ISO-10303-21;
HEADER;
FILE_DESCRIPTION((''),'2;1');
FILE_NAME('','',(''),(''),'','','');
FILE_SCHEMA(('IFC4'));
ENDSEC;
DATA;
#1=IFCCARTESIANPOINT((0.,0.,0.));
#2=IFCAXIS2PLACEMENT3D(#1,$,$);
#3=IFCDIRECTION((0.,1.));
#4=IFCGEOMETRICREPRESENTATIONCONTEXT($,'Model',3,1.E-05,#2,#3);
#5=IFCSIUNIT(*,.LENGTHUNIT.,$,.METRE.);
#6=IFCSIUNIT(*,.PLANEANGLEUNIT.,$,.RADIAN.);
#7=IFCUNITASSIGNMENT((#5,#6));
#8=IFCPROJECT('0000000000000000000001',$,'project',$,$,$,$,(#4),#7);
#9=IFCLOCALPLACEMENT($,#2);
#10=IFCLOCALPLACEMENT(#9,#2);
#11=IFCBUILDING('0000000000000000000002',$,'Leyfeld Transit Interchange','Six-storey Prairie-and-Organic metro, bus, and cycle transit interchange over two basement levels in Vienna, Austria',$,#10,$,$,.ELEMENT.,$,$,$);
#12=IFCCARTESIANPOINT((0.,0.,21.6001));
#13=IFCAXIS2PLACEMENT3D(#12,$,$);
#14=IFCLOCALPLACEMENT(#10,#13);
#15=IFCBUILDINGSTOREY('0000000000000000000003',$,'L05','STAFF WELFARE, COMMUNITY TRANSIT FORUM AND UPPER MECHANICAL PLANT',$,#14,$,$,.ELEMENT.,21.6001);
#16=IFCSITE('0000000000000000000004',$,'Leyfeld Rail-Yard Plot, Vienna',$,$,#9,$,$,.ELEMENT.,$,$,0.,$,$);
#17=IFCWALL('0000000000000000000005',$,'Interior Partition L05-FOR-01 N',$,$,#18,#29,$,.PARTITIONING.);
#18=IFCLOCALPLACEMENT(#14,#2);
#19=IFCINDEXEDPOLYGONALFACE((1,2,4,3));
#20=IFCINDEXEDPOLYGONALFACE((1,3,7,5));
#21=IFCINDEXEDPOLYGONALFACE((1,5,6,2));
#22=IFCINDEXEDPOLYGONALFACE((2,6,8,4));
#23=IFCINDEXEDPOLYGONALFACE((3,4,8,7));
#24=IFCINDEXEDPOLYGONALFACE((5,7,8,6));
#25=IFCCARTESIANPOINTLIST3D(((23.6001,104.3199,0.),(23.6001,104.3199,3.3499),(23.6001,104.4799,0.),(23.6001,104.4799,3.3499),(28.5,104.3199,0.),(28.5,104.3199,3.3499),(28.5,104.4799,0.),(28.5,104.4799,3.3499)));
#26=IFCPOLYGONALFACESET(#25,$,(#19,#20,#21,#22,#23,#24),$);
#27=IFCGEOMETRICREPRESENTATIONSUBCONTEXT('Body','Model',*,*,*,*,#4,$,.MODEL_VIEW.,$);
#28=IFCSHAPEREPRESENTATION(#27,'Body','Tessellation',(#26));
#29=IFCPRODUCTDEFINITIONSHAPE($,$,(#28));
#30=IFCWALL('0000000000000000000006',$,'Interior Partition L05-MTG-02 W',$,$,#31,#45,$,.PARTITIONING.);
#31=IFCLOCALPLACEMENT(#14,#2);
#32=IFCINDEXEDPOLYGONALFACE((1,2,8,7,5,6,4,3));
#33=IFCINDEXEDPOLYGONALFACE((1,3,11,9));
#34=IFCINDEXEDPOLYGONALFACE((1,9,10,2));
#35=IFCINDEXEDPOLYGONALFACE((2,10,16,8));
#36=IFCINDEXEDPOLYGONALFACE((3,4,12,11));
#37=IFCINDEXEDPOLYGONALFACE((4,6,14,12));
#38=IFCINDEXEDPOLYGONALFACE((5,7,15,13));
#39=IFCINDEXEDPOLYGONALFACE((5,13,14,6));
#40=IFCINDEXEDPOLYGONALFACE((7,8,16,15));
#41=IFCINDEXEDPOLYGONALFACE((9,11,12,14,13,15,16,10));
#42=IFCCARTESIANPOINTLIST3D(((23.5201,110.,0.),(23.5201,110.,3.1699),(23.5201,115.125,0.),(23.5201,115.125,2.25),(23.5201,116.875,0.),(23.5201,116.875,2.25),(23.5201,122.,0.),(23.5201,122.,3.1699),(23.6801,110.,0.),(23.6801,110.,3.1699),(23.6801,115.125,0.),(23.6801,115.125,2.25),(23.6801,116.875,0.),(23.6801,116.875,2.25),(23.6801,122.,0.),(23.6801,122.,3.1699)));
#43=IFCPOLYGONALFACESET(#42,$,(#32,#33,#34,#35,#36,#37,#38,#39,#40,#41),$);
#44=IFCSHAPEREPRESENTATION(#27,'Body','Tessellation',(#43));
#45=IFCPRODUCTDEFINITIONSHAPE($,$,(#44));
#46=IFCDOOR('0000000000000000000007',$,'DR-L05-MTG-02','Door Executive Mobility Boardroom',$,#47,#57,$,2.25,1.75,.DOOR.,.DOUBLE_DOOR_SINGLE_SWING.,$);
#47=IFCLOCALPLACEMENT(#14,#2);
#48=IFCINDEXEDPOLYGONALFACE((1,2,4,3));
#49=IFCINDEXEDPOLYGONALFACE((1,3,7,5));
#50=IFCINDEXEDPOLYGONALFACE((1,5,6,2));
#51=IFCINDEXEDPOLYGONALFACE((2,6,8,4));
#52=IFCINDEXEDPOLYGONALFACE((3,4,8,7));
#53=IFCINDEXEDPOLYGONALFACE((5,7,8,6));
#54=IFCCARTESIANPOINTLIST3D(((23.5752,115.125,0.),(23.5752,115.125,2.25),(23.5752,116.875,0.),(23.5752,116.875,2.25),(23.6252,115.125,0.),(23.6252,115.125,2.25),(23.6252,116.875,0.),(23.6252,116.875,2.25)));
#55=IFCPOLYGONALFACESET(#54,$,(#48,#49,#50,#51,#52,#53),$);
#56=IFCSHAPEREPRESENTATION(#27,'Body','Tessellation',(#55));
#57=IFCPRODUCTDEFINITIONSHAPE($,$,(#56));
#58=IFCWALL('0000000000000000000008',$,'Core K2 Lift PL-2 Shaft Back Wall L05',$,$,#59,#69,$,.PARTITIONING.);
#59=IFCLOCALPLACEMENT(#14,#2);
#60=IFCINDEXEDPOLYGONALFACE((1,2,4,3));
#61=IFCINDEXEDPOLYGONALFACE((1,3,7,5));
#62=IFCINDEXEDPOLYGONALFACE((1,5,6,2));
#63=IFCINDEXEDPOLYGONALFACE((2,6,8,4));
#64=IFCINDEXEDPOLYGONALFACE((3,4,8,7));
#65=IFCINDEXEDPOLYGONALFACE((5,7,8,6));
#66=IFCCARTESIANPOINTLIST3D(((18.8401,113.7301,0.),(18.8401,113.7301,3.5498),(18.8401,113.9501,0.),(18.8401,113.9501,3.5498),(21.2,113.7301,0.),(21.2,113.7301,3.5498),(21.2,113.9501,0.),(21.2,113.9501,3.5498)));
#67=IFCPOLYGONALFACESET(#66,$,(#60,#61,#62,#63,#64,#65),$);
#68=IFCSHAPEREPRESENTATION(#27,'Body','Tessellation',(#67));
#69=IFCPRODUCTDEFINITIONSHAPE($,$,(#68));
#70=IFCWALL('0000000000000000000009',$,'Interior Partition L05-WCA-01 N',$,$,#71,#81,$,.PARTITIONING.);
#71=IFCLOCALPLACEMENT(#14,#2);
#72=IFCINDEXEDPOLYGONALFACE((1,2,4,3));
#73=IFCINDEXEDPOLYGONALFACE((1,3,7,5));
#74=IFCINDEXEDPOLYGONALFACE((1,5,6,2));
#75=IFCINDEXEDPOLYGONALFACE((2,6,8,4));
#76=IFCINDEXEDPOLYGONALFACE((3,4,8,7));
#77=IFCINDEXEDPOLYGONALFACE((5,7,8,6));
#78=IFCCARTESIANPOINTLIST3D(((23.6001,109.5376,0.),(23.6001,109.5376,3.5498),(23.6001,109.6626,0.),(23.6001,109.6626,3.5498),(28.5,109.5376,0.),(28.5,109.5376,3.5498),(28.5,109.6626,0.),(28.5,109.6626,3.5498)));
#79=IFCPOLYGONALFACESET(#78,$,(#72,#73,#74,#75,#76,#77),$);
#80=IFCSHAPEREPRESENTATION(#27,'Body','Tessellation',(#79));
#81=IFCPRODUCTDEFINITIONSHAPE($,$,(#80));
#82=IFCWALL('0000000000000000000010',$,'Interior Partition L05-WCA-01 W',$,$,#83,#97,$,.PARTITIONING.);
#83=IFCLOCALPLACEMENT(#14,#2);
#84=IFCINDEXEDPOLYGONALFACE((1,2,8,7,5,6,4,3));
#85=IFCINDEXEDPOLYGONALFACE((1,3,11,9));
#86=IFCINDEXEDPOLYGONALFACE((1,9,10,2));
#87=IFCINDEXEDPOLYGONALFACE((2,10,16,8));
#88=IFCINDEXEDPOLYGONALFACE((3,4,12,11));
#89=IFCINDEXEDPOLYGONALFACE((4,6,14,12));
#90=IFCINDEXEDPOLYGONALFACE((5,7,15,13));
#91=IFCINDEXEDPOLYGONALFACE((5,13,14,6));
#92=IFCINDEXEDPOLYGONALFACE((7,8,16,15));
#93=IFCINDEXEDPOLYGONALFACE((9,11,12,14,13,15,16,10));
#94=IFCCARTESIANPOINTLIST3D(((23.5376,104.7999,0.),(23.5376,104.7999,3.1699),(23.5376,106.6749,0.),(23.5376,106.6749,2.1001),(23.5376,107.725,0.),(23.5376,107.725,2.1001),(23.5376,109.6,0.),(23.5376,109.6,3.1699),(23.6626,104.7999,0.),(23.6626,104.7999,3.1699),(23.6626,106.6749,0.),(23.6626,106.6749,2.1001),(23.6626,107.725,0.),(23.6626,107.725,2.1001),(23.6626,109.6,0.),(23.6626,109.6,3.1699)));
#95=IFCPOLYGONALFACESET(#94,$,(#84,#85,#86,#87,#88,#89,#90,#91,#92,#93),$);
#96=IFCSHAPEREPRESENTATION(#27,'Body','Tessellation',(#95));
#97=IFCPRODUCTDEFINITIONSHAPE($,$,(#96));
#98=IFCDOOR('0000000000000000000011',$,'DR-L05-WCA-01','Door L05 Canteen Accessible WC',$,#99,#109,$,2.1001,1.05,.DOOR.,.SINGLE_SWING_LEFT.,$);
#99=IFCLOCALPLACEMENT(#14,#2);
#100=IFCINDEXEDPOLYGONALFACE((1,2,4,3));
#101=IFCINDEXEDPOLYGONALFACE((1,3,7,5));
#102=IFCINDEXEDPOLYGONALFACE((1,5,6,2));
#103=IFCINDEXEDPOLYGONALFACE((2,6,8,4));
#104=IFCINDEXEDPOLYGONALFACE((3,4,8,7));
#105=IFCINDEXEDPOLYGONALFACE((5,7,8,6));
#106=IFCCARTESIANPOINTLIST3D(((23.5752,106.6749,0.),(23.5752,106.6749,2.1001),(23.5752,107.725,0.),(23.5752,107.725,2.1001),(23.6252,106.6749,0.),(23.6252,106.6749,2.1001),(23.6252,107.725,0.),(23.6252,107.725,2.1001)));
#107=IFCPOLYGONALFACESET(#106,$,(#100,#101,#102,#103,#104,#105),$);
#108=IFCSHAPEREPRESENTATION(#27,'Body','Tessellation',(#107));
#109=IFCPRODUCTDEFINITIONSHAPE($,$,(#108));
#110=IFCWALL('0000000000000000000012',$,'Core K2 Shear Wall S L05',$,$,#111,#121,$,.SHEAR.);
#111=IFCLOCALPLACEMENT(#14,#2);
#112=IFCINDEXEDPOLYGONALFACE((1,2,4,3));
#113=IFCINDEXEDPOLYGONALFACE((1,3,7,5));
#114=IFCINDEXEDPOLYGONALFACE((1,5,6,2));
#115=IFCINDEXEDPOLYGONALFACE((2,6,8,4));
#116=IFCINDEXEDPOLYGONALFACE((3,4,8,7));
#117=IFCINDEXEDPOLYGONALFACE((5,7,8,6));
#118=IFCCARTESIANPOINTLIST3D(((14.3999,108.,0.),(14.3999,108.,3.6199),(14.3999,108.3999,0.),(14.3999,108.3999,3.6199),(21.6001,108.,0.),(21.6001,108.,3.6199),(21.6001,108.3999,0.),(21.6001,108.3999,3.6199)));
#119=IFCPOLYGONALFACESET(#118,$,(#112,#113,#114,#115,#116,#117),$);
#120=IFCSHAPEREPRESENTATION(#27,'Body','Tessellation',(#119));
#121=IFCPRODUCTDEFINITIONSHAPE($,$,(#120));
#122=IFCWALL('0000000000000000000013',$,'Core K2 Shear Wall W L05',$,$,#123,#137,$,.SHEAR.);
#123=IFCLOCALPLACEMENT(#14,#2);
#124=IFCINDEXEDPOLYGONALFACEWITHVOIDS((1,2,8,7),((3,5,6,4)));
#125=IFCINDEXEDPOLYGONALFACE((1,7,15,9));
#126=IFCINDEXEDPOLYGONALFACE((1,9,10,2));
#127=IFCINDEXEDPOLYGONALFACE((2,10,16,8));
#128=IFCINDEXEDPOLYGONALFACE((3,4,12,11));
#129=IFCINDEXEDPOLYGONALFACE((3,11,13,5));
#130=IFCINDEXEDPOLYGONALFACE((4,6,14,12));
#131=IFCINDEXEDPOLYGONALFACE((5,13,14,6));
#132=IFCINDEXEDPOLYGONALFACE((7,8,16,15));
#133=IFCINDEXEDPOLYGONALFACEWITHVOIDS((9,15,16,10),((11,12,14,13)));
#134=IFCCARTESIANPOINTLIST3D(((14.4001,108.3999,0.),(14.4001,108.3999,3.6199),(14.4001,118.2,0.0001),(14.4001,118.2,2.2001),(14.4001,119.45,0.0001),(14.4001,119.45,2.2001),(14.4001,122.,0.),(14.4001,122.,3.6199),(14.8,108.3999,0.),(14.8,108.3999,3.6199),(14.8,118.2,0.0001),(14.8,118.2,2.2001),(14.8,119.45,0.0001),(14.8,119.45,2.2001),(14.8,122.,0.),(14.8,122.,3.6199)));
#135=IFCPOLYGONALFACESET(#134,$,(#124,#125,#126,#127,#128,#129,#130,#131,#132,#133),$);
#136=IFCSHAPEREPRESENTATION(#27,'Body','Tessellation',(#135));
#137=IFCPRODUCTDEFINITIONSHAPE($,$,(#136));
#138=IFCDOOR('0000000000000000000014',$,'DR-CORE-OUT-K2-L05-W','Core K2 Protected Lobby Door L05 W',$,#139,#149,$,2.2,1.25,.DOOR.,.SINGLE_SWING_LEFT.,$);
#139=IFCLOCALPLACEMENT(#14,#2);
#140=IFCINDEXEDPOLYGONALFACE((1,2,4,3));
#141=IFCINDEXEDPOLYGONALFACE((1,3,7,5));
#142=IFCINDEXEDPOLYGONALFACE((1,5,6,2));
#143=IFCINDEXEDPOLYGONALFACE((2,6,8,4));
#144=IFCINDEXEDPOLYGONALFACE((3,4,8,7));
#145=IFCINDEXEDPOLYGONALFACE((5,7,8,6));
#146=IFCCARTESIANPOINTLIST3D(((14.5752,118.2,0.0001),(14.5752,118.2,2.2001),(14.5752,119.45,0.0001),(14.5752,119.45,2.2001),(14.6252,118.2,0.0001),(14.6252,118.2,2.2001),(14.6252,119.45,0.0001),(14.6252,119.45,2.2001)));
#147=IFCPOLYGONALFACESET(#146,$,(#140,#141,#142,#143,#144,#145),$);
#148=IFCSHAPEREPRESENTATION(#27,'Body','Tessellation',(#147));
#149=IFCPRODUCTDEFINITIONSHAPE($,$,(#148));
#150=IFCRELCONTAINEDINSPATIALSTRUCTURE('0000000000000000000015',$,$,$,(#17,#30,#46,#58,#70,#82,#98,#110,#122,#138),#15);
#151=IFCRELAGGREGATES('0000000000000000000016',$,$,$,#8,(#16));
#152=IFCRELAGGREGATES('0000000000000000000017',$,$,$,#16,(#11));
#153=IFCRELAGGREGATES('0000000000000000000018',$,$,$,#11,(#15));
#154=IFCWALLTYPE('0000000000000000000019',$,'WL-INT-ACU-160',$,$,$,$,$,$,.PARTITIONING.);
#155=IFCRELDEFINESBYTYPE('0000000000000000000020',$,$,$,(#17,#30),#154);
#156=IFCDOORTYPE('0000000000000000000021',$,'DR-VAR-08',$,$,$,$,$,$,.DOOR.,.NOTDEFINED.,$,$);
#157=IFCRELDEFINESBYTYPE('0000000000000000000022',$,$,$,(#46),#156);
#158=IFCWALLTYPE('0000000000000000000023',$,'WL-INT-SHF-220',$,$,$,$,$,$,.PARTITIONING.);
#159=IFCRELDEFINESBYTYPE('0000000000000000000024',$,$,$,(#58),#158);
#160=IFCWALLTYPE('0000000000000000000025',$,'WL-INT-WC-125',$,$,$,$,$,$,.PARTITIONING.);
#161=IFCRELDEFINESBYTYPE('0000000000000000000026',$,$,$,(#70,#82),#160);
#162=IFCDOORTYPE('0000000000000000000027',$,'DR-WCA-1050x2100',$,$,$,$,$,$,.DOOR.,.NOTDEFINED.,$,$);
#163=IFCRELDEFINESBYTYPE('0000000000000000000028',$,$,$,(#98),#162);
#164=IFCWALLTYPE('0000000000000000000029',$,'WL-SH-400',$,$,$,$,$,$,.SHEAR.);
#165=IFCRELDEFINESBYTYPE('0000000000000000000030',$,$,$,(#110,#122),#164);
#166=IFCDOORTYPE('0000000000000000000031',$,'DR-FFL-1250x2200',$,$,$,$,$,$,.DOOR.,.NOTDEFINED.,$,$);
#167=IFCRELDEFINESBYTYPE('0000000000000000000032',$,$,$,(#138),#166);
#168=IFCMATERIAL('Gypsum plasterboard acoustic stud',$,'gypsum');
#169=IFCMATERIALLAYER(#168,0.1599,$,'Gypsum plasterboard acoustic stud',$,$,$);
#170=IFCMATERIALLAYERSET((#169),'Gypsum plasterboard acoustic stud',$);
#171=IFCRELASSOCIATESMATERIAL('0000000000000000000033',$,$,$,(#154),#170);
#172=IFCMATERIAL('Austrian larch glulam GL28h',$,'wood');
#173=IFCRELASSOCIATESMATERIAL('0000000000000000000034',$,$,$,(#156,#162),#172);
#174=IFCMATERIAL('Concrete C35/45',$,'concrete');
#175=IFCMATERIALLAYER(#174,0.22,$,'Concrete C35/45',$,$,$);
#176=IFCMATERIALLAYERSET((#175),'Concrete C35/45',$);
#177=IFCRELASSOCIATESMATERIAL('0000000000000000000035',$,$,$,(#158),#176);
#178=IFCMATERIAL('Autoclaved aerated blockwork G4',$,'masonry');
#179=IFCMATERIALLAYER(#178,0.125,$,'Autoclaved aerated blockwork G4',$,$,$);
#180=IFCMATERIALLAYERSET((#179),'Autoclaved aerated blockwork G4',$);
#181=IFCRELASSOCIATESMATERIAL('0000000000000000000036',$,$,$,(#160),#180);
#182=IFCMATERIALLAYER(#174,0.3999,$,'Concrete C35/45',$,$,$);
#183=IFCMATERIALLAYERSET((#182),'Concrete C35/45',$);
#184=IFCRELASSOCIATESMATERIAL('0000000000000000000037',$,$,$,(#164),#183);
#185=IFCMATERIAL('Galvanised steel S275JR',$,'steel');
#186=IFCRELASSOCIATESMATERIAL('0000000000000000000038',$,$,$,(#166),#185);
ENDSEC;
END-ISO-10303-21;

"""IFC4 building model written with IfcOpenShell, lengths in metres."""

from ifc_helpers import new_model, si_unit, direction, frame, frame_2d, origin, place, context, subcontext, project, spatial, rectangle, extrude, material, layer, layer_set, type_object, element, fill, save


model = new_model("IFC4")

# Units and contexts
model_context = context("Model", 3, precision=1e-05, world=origin(), true_north=direction((0.0, 1.0)))
body_context = subcontext(model_context, "Body", "Model", "MODEL_VIEW")
ifc_project = project(units=[si_unit("LENGTHUNIT", "METRE"), si_unit("PLANEANGLEUNIT", "RADIAN")], contexts=[model_context])

# Site, building, storey
site_placement = place(None, origin())
site = spatial("IfcSite", under=ifc_project, at=site_placement, Name="Leyfeld Rail-Yard Plot, Vienna", CompositionType="ELEMENT", RefElevation=0.0)
building_placement = place(site_placement, origin())
building = spatial("IfcBuilding", under=site, at=building_placement, Name="Leyfeld Transit Interchange", Description="Six-storey Prairie-and-Organic metro, bus, and cycle transit interchange over two basement levels in Vienna, Austria", CompositionType="ELEMENT")
storey_placement = place(building_placement, frame((0.0, 0.0, 21.6001)))
storey = spatial("IfcBuildingStorey", under=building, at=storey_placement, Name="L05", Description="STAFF WELFARE, COMMUNITY TRANSIT FORUM AND UPPER MECHANICAL PLANT", CompositionType="ELEMENT", Elevation=21.6001)

# Wall
ifc_material_1 = material(Name="Gypsum plasterboard acoustic stud", Category="gypsum")
ifc_layer_1 = layer(ifc_material_1, 0.1599, Name="Gypsum plasterboard acoustic stud")
ifc_layer_set_1 = layer_set([ifc_layer_1], Name="Gypsum plasterboard acoustic stud")
wall_type_1 = type_object("IfcWallType", Name="WL-INT-ACU-160", PredefinedType="PARTITIONING", material=ifc_layer_set_1)
wall_1_placement = place(storey_placement, frame((23.6001, 104.3999, 0.0), z_axis=(0.0, 0.0, 1.0), x_axis=(1.0, 0.0, 0.0)))
element("IfcWall", 1, at=wall_1_placement, inside=storey, type_object=wall_type_1, Name="Interior Partition L05-FOR-01 N", PredefinedType="PARTITIONING", context=body_context, shape_type="SweptSolid", body=[
    extrude(rectangle(XDim=4.8999, YDim=0.1599, at=frame_2d((2.45, 0.0))), origin(), (0.0, 0.0, 1.0), 3.3499),
])

# Wall, opening, door
wall_2_placement = place(storey_placement, frame((23.6001, 110.0, 0.0), z_axis=(0.0, 0.0, 1.0), x_axis=(0.0, 1.0, 0.0)))
wall_2 = element("IfcWall", 2, at=wall_2_placement, inside=storey, type_object=wall_type_1, Name="Interior Partition L05-MTG-02 W", PredefinedType="PARTITIONING", context=body_context, shape_type="SweptSolid", body=[
    extrude(rectangle(XDim=12.0, YDim=0.1599, at=frame_2d((6.0, 0.0))), origin(), (0.0, 0.0, 1.0), 3.1699),
])
opening_1_placement = place(wall_2_placement, frame((5.125, 0.0, 0.0)))
opening_1 = element("IfcOpeningElement", 3, at=opening_1_placement, cuts=wall_2, PredefinedType="OPENING", context=body_context, shape_type="SweptSolid", body=[
    extrude(rectangle(XDim=1.75, YDim=2.25, at=frame_2d((0.875, 1.125))), frame((0.0, 0.0898, 0.0), z_axis=(0.0, -1.0, 0.0), x_axis=(1.0, 0.0, 0.0)), (0.0, 0.0, 1.0), 0.1799),
])
ifc_material_2 = material(Name="Austrian larch glulam GL28h", Category="wood")
door_type_1 = type_object("IfcDoorType", Name="DR-VAR-08", OperationType="NOTDEFINED", PredefinedType="DOOR", material=ifc_material_2)
door_1_placement = place(opening_1_placement, origin())
door_1 = element("IfcDoor", 4, at=door_1_placement, inside=storey, type_object=door_type_1, Name="DR-L05-MTG-02", Description="Door Executive Mobility Boardroom", OperationType="DOUBLE_DOOR_SINGLE_SWING", OverallHeight=2.25, OverallWidth=1.75, PredefinedType="DOOR", context=body_context, shape_type="SweptSolid", body=[
    extrude(rectangle(XDim=1.75, YDim=2.25, at=frame_2d((0.875, 1.125))), frame((0.0, 0.0249, 0.0), z_axis=(0.0, -1.0, 0.0), x_axis=(1.0, 0.0, 0.0)), (0.0, 0.0, 1.0), 0.05),
])
fill(opening_1, door_1)

# Walls
ifc_material_3 = material(Name="Concrete C35/45", Category="concrete")
ifc_layer_2 = layer(ifc_material_3, 0.22, Name="Concrete C35/45")
ifc_layer_set_2 = layer_set([ifc_layer_2], Name="Concrete C35/45")
wall_type_2 = type_object("IfcWallType", Name="WL-INT-SHF-220", PredefinedType="PARTITIONING", material=ifc_layer_set_2)
wall_3_placement = place(storey_placement, frame((18.8401, 113.8401, 0.0), z_axis=(0.0, 0.0, 1.0), x_axis=(1.0, 0.0, 0.0)))
element("IfcWall", 5, at=wall_3_placement, inside=storey, type_object=wall_type_2, Name="Core K2 Lift PL-2 Shaft Back Wall L05", PredefinedType="PARTITIONING", context=body_context, shape_type="SweptSolid", body=[
    extrude(rectangle(XDim=2.3599, YDim=0.22, at=frame_2d((1.1799, 0.0))), origin(), (0.0, 0.0, 1.0), 3.5498),
])
ifc_material_4 = material(Name="Autoclaved aerated blockwork G4", Category="masonry")
ifc_layer_3 = layer(ifc_material_4, 0.125, Name="Autoclaved aerated blockwork G4")
ifc_layer_set_3 = layer_set([ifc_layer_3], Name="Autoclaved aerated blockwork G4")
wall_type_3 = type_object("IfcWallType", Name="WL-INT-WC-125", PredefinedType="PARTITIONING", material=ifc_layer_set_3)
wall_4_placement = place(storey_placement, frame((23.6001, 109.6001, 0.0), z_axis=(0.0, 0.0, 1.0), x_axis=(1.0, 0.0, 0.0)))
element("IfcWall", 6, at=wall_4_placement, inside=storey, type_object=wall_type_3, Name="Interior Partition L05-WCA-01 N", PredefinedType="PARTITIONING", context=body_context, shape_type="SweptSolid", body=[
    extrude(rectangle(XDim=4.8999, YDim=0.125, at=frame_2d((2.45, 0.0))), origin(), (0.0, 0.0, 1.0), 3.5498),
])

# Wall, opening, door
wall_5_placement = place(storey_placement, frame((23.6001, 104.8, 0.0), z_axis=(0.0, 0.0, 1.0), x_axis=(0.0, 1.0, 0.0)))
wall_5 = element("IfcWall", 7, at=wall_5_placement, inside=storey, type_object=wall_type_3, Name="Interior Partition L05-WCA-01 W", PredefinedType="PARTITIONING", context=body_context, shape_type="SweptSolid", body=[
    extrude(rectangle(XDim=4.8, YDim=0.125, at=frame_2d((2.3999, 0.0))), origin(), (0.0, 0.0, 1.0), 3.1699),
])
opening_2_placement = place(wall_5_placement, frame((1.875, 0.0, 0.0)))
opening_2 = element("IfcOpeningElement", 8, at=opening_2_placement, cuts=wall_5, PredefinedType="OPENING", context=body_context, shape_type="SweptSolid", body=[
    extrude(rectangle(XDim=1.05, YDim=2.1001, at=frame_2d((0.5249, 1.05))), frame((0.0, 0.0725, 0.0), z_axis=(0.0, -1.0, 0.0), x_axis=(1.0, 0.0, 0.0)), (0.0, 0.0, 1.0), 0.145),
])
door_type_2 = type_object("IfcDoorType", Name="DR-WCA-1050x2100", OperationType="NOTDEFINED", PredefinedType="DOOR", material=ifc_material_2)
door_2_placement = place(opening_2_placement, origin())
door_2 = element("IfcDoor", 9, at=door_2_placement, inside=storey, type_object=door_type_2, Name="DR-L05-WCA-01", Description="Door L05 Canteen Accessible WC", OperationType="SINGLE_SWING_LEFT", OverallHeight=2.1001, OverallWidth=1.05, PredefinedType="DOOR", context=body_context, shape_type="SweptSolid", body=[
    extrude(rectangle(XDim=1.05, YDim=2.1001, at=frame_2d((0.5249, 1.05))), frame((0.0, 0.0249, 0.0), z_axis=(0.0, -1.0, 0.0), x_axis=(1.0, 0.0, 0.0)), (0.0, 0.0, 1.0), 0.05),
])
fill(opening_2, door_2)

# Wall
ifc_layer_4 = layer(ifc_material_3, 0.3999, Name="Concrete C35/45")
ifc_layer_set_4 = layer_set([ifc_layer_4], Name="Concrete C35/45")
wall_type_4 = type_object("IfcWallType", Name="WL-SH-400", PredefinedType="SHEAR", material=ifc_layer_set_4)
wall_6_placement = place(storey_placement, frame((21.6001, 108.2, 0.0), z_axis=(0.0, 0.0, 1.0), x_axis=(-1.0, 0.0, 0.0)))
element("IfcWall", 10, at=wall_6_placement, inside=storey, type_object=wall_type_4, Name="Core K2 Shear Wall S L05", PredefinedType="SHEAR", context=body_context, shape_type="SweptSolid", body=[
    extrude(rectangle(XDim=7.2002, YDim=0.3999, at=frame_2d((3.6001, 0.0))), origin(), (0.0, 0.0, 1.0), 3.6199),
])

# Wall, opening, door
wall_7_placement = place(storey_placement, frame((14.6001, 108.3999, 0.0), z_axis=(0.0, 0.0, 1.0), x_axis=(0.0, 1.0, 0.0)))
wall_7 = element("IfcWall", 11, at=wall_7_placement, inside=storey, type_object=wall_type_4, Name="Core K2 Shear Wall W L05", PredefinedType="SHEAR", context=body_context, shape_type="SweptSolid", body=[
    extrude(rectangle(XDim=13.6001, YDim=0.3999, at=frame_2d((6.8, 0.0))), origin(), (0.0, 0.0, 1.0), 3.6199),
])
opening_3_placement = place(wall_7_placement, frame((9.8, 0.0, 0.0)))
opening_3 = element("IfcOpeningElement", 12, at=opening_3_placement, cuts=wall_7, PredefinedType="OPENING", context=body_context, shape_type="SweptSolid", body=[
    extrude(rectangle(XDim=1.25, YDim=2.2, at=frame_2d((0.625, 1.1001))), frame((0.0, 0.21, 0.0), z_axis=(0.0, -1.0, 0.0), x_axis=(1.0, 0.0, 0.0)), (0.0, 0.0, 1.0), 0.4199),
])
ifc_material_5 = material(Name="Galvanised steel S275JR", Category="steel")
door_type_3 = type_object("IfcDoorType", Name="DR-FFL-1250x2200", OperationType="NOTDEFINED", PredefinedType="DOOR", material=ifc_material_5)
door_3_placement = place(opening_3_placement, origin())
door_3 = element("IfcDoor", 13, at=door_3_placement, inside=storey, type_object=door_type_3, Name="DR-CORE-OUT-K2-L05-W", Description="Core K2 Protected Lobby Door L05 W", OperationType="SINGLE_SWING_LEFT", OverallHeight=2.2, OverallWidth=1.25, PredefinedType="DOOR", context=body_context, shape_type="SweptSolid", body=[
    extrude(rectangle(XDim=1.25, YDim=2.2, at=frame_2d((0.625, 1.1001))), frame((0.0, 0.0249, 0.0), z_axis=(0.0, -1.0, 0.0), x_axis=(1.0, 0.0, 0.0)), (0.0, 0.0, 1.0), 0.05),
])
fill(opening_3, door_3)

save(model, "model.ifc")
